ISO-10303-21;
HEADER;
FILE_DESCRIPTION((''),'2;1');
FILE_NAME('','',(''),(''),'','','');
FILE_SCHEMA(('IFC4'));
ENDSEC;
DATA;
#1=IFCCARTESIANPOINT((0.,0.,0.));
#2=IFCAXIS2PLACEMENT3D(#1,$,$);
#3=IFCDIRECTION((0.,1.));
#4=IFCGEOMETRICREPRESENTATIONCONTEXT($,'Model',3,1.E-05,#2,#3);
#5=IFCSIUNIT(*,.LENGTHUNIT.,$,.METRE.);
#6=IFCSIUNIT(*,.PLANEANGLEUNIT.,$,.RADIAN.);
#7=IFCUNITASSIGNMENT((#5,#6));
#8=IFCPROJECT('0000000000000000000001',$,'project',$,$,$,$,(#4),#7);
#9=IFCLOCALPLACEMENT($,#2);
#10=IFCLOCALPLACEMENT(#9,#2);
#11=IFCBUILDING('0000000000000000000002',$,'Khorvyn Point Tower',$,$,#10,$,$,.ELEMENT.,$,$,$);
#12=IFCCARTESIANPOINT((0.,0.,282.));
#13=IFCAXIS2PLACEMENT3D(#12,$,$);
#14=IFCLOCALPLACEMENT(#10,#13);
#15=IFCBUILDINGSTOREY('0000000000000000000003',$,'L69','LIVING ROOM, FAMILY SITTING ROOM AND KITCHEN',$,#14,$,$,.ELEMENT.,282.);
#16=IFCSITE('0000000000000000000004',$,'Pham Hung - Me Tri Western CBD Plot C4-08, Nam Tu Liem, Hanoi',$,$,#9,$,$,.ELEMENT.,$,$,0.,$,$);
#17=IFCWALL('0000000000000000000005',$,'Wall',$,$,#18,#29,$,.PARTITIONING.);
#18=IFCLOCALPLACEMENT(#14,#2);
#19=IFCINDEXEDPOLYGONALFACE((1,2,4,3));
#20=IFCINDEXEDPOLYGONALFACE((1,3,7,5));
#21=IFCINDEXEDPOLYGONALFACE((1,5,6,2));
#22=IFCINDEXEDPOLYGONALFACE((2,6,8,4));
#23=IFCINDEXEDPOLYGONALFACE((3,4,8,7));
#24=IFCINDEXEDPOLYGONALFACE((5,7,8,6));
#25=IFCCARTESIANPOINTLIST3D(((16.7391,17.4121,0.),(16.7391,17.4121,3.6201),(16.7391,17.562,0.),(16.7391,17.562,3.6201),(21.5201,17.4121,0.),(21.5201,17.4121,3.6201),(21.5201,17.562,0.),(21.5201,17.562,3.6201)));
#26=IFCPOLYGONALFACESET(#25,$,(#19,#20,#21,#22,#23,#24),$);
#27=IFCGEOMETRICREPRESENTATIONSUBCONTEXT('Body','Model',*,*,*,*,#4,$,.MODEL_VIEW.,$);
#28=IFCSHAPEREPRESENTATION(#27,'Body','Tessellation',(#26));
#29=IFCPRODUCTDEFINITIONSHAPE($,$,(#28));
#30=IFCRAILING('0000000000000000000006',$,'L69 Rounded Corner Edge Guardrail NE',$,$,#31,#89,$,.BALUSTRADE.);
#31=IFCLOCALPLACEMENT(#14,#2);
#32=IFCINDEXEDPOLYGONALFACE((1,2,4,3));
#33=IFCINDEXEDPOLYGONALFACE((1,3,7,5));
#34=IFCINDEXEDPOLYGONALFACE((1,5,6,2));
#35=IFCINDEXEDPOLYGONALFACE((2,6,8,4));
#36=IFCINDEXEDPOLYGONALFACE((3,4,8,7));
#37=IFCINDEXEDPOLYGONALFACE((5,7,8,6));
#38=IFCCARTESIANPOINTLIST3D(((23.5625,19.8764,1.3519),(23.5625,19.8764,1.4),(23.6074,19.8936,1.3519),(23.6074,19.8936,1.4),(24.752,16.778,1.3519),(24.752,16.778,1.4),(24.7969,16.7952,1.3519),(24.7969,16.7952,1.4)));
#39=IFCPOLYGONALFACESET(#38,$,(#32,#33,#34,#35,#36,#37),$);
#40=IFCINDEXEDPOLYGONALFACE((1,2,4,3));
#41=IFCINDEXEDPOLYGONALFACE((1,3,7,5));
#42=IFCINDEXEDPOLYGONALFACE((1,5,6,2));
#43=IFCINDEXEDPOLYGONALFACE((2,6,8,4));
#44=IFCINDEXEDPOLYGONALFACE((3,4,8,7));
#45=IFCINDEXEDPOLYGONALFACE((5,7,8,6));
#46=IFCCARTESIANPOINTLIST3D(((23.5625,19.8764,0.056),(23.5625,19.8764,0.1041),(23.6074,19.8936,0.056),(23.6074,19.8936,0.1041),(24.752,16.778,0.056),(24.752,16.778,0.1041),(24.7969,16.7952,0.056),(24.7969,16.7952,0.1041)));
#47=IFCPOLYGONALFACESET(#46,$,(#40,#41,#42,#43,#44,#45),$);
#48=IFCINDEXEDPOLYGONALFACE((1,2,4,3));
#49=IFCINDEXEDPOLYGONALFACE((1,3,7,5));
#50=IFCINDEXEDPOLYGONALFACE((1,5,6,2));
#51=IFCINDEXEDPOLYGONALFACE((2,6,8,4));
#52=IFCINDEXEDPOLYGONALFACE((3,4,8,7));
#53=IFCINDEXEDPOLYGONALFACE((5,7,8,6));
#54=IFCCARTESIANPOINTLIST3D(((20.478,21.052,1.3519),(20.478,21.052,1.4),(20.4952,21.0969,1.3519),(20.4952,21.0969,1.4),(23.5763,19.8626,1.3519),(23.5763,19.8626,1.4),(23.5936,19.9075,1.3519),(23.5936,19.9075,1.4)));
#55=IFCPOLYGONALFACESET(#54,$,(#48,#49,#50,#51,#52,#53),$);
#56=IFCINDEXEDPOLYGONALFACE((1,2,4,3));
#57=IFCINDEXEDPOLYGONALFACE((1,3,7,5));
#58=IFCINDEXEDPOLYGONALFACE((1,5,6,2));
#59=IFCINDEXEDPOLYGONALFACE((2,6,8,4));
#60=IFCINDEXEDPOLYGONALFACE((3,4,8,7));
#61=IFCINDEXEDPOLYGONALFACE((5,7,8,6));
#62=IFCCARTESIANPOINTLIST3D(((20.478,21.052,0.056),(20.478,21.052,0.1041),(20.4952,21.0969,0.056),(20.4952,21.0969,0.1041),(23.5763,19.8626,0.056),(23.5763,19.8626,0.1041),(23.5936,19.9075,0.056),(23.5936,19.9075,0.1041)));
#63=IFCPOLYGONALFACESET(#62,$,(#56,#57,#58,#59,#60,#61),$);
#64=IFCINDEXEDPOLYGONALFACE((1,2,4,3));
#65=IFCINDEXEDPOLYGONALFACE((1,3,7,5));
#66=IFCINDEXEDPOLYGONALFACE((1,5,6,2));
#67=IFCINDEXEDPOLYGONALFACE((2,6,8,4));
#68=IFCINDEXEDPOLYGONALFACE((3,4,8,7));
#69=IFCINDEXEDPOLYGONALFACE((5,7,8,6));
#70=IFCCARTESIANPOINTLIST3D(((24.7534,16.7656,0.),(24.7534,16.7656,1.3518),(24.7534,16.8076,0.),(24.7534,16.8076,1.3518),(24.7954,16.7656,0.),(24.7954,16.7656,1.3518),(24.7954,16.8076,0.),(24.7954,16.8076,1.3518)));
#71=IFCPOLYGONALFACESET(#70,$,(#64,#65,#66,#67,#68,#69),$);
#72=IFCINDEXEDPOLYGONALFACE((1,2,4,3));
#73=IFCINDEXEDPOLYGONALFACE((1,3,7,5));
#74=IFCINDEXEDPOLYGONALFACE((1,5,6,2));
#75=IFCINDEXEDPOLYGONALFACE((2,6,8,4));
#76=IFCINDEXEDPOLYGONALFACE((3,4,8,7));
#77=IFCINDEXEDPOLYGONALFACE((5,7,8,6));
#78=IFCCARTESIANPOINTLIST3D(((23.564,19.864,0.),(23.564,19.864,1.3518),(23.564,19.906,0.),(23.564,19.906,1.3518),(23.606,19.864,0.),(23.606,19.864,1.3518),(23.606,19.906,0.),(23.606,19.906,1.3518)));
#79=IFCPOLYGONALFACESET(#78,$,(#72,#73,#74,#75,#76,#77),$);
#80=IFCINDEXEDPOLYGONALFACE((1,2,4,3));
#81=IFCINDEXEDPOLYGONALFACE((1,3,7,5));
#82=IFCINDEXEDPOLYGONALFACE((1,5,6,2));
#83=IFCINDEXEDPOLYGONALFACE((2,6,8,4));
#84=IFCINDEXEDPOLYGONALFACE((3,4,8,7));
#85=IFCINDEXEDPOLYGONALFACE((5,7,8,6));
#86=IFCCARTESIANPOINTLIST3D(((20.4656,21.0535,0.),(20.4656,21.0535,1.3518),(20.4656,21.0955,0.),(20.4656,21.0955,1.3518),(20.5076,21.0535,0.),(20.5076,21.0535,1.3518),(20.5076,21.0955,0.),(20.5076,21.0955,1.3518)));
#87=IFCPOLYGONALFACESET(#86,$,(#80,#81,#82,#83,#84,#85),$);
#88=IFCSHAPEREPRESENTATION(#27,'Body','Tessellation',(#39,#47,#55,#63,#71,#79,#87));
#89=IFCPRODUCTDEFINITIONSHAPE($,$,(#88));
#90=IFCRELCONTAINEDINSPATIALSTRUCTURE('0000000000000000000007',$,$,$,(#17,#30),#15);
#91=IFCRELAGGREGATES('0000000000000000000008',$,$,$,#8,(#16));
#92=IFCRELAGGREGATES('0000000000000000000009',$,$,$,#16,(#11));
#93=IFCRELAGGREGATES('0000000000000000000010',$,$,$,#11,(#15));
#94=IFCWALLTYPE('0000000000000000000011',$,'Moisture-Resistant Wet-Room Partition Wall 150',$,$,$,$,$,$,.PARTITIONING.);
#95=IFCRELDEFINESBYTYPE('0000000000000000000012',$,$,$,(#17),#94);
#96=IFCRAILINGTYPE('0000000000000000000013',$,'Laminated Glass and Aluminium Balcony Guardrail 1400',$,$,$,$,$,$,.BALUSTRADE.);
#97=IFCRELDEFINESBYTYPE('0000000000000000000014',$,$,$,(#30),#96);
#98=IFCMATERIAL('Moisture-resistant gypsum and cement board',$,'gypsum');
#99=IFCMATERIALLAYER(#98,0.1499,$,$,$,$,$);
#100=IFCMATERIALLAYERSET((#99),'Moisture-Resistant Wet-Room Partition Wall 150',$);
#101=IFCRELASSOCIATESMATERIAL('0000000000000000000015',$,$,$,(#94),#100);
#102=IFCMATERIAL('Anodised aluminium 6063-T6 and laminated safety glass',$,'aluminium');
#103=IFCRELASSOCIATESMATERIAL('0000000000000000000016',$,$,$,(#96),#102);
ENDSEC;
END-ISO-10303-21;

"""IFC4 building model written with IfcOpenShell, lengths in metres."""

from ifc_helpers import new_model, si_unit, direction, frame, frame_2d, origin, origin_2d, place, context, subcontext, project, spatial, rectangle, extrude, material, layer, layer_set, type_object, element, save


model = new_model("IFC4")

# Units and contexts
model_context = context("Model", 3, precision=1e-05, world=origin(), true_north=direction((0.0, 1.0)))
body_context = subcontext(model_context, "Body", "Model", "MODEL_VIEW")
ifc_project = project(units=[si_unit("LENGTHUNIT", "METRE"), si_unit("PLANEANGLEUNIT", "RADIAN")], contexts=[model_context])

# Site, building, storey
site_placement = place(None, origin())
site = spatial("IfcSite", under=ifc_project, at=site_placement, Name="Pham Hung - Me Tri Western CBD Plot C4-08, Nam Tu Liem, Hanoi", CompositionType="ELEMENT", RefElevation=0.0)
building_placement = place(site_placement, origin())
building = spatial("IfcBuilding", under=site, at=building_placement, Name="Khorvyn Point Tower", CompositionType="ELEMENT")
storey_placement = place(building_placement, frame((0.0, 0.0, 282.0)))
storey = spatial("IfcBuildingStorey", under=building, at=storey_placement, Name="L69", Description="LIVING ROOM, FAMILY SITTING ROOM AND KITCHEN", CompositionType="ELEMENT", Elevation=282.0)

# Wall
ifc_material_1 = material(Name="Moisture-resistant gypsum and cement board", Category="gypsum")
ifc_layer_1 = layer(ifc_material_1, 0.1499)
ifc_layer_set_1 = layer_set([ifc_layer_1], Name="Moisture-Resistant Wet-Room Partition Wall 150")
wall_type_1 = type_object("IfcWallType", Name="Moisture-Resistant Wet-Room Partition Wall 150", PredefinedType="PARTITIONING", material=ifc_layer_set_1)
for number, where, z_axis, x_axis, name in (
    (1, (16.739, 17.4871, 0.0), (0.0, 0.0, 1.0), (1.0, 0.0, 0.0), "Wall"),
):
    element("IfcWall", number, at=place(storey_placement, frame(where, z_axis=z_axis, x_axis=x_axis)), inside=storey, type_object=wall_type_1, Name=name, PredefinedType="PARTITIONING", context=body_context, shape_type="SweptSolid", body=[
        extrude(rectangle(XDim=4.781, YDim=0.1499, at=frame_2d((2.3906, 0.0))), origin(), (0.0, 0.0, 1.0), 3.6201),
    ])

# Railing
ifc_material_2 = material(Name="Anodised aluminium 6063-T6 and laminated safety glass", Category="aluminium")
railing_type = type_object("IfcRailingType", Name="Laminated Glass and Aluminium Balcony Guardrail 1400", PredefinedType="BALUSTRADE", material=ifc_material_2)
railing_1_placement = place(storey_placement, frame((24.7744, 16.7866, 0.0)))
element("IfcRailing", 2, at=railing_1_placement, inside=storey, type_object=railing_type, Name="L69 Rounded Corner Edge Guardrail NE", PredefinedType="BALUSTRADE", context=body_context, shape_type="SweptSolid", body=[
    extrude(rectangle(XDim=0.0481, YDim=0.0481, at=origin_2d()), frame((0.0, 0.0, 1.376), z_axis=(-0.358392, 0.933571, 0.0), x_axis=(-0.933571, -0.358392, 0.0)), (0.0, 0.0, 1.0), 3.3188),
    extrude(rectangle(XDim=0.0481, YDim=0.0481, at=origin_2d()), frame((0.0, 0.0, 0.0801), z_axis=(-0.358392, 0.933571, 0.0), x_axis=(-0.933571, -0.358392, 0.0)), (0.0, 0.0, 1.0), 3.3188),
    extrude(rectangle(XDim=0.0481, YDim=0.0481, at=origin_2d()), frame((-1.1895, 3.0984, 1.376), z_axis=(-0.933571, 0.358392, 0.0), x_axis=(-0.358392, -0.933571, 0.0)), (0.0, 0.0, 1.0), 3.3188),
    extrude(rectangle(XDim=0.0481, YDim=0.0481, at=origin_2d()), frame((-1.1895, 3.0984, 0.0801), z_axis=(-0.933571, 0.358392, 0.0), x_axis=(-0.358392, -0.933571, 0.0)), (0.0, 0.0, 1.0), 3.3188),
    extrude(rectangle(XDim=0.042, YDim=0.042, at=origin_2d()), origin(), (0.0, 0.0, 1.0), 1.3518),
    extrude(rectangle(XDim=0.042, YDim=0.042, at=origin_2d()), frame((-1.1895, 3.0984, 0.0)), (0.0, 0.0, 1.0), 1.3518),
    extrude(rectangle(XDim=0.042, YDim=0.042, at=origin_2d()), frame((-4.2878, 4.2878, 0.0)), (0.0, 0.0, 1.0), 1.3518),
])

save(model, "model.ifc")
